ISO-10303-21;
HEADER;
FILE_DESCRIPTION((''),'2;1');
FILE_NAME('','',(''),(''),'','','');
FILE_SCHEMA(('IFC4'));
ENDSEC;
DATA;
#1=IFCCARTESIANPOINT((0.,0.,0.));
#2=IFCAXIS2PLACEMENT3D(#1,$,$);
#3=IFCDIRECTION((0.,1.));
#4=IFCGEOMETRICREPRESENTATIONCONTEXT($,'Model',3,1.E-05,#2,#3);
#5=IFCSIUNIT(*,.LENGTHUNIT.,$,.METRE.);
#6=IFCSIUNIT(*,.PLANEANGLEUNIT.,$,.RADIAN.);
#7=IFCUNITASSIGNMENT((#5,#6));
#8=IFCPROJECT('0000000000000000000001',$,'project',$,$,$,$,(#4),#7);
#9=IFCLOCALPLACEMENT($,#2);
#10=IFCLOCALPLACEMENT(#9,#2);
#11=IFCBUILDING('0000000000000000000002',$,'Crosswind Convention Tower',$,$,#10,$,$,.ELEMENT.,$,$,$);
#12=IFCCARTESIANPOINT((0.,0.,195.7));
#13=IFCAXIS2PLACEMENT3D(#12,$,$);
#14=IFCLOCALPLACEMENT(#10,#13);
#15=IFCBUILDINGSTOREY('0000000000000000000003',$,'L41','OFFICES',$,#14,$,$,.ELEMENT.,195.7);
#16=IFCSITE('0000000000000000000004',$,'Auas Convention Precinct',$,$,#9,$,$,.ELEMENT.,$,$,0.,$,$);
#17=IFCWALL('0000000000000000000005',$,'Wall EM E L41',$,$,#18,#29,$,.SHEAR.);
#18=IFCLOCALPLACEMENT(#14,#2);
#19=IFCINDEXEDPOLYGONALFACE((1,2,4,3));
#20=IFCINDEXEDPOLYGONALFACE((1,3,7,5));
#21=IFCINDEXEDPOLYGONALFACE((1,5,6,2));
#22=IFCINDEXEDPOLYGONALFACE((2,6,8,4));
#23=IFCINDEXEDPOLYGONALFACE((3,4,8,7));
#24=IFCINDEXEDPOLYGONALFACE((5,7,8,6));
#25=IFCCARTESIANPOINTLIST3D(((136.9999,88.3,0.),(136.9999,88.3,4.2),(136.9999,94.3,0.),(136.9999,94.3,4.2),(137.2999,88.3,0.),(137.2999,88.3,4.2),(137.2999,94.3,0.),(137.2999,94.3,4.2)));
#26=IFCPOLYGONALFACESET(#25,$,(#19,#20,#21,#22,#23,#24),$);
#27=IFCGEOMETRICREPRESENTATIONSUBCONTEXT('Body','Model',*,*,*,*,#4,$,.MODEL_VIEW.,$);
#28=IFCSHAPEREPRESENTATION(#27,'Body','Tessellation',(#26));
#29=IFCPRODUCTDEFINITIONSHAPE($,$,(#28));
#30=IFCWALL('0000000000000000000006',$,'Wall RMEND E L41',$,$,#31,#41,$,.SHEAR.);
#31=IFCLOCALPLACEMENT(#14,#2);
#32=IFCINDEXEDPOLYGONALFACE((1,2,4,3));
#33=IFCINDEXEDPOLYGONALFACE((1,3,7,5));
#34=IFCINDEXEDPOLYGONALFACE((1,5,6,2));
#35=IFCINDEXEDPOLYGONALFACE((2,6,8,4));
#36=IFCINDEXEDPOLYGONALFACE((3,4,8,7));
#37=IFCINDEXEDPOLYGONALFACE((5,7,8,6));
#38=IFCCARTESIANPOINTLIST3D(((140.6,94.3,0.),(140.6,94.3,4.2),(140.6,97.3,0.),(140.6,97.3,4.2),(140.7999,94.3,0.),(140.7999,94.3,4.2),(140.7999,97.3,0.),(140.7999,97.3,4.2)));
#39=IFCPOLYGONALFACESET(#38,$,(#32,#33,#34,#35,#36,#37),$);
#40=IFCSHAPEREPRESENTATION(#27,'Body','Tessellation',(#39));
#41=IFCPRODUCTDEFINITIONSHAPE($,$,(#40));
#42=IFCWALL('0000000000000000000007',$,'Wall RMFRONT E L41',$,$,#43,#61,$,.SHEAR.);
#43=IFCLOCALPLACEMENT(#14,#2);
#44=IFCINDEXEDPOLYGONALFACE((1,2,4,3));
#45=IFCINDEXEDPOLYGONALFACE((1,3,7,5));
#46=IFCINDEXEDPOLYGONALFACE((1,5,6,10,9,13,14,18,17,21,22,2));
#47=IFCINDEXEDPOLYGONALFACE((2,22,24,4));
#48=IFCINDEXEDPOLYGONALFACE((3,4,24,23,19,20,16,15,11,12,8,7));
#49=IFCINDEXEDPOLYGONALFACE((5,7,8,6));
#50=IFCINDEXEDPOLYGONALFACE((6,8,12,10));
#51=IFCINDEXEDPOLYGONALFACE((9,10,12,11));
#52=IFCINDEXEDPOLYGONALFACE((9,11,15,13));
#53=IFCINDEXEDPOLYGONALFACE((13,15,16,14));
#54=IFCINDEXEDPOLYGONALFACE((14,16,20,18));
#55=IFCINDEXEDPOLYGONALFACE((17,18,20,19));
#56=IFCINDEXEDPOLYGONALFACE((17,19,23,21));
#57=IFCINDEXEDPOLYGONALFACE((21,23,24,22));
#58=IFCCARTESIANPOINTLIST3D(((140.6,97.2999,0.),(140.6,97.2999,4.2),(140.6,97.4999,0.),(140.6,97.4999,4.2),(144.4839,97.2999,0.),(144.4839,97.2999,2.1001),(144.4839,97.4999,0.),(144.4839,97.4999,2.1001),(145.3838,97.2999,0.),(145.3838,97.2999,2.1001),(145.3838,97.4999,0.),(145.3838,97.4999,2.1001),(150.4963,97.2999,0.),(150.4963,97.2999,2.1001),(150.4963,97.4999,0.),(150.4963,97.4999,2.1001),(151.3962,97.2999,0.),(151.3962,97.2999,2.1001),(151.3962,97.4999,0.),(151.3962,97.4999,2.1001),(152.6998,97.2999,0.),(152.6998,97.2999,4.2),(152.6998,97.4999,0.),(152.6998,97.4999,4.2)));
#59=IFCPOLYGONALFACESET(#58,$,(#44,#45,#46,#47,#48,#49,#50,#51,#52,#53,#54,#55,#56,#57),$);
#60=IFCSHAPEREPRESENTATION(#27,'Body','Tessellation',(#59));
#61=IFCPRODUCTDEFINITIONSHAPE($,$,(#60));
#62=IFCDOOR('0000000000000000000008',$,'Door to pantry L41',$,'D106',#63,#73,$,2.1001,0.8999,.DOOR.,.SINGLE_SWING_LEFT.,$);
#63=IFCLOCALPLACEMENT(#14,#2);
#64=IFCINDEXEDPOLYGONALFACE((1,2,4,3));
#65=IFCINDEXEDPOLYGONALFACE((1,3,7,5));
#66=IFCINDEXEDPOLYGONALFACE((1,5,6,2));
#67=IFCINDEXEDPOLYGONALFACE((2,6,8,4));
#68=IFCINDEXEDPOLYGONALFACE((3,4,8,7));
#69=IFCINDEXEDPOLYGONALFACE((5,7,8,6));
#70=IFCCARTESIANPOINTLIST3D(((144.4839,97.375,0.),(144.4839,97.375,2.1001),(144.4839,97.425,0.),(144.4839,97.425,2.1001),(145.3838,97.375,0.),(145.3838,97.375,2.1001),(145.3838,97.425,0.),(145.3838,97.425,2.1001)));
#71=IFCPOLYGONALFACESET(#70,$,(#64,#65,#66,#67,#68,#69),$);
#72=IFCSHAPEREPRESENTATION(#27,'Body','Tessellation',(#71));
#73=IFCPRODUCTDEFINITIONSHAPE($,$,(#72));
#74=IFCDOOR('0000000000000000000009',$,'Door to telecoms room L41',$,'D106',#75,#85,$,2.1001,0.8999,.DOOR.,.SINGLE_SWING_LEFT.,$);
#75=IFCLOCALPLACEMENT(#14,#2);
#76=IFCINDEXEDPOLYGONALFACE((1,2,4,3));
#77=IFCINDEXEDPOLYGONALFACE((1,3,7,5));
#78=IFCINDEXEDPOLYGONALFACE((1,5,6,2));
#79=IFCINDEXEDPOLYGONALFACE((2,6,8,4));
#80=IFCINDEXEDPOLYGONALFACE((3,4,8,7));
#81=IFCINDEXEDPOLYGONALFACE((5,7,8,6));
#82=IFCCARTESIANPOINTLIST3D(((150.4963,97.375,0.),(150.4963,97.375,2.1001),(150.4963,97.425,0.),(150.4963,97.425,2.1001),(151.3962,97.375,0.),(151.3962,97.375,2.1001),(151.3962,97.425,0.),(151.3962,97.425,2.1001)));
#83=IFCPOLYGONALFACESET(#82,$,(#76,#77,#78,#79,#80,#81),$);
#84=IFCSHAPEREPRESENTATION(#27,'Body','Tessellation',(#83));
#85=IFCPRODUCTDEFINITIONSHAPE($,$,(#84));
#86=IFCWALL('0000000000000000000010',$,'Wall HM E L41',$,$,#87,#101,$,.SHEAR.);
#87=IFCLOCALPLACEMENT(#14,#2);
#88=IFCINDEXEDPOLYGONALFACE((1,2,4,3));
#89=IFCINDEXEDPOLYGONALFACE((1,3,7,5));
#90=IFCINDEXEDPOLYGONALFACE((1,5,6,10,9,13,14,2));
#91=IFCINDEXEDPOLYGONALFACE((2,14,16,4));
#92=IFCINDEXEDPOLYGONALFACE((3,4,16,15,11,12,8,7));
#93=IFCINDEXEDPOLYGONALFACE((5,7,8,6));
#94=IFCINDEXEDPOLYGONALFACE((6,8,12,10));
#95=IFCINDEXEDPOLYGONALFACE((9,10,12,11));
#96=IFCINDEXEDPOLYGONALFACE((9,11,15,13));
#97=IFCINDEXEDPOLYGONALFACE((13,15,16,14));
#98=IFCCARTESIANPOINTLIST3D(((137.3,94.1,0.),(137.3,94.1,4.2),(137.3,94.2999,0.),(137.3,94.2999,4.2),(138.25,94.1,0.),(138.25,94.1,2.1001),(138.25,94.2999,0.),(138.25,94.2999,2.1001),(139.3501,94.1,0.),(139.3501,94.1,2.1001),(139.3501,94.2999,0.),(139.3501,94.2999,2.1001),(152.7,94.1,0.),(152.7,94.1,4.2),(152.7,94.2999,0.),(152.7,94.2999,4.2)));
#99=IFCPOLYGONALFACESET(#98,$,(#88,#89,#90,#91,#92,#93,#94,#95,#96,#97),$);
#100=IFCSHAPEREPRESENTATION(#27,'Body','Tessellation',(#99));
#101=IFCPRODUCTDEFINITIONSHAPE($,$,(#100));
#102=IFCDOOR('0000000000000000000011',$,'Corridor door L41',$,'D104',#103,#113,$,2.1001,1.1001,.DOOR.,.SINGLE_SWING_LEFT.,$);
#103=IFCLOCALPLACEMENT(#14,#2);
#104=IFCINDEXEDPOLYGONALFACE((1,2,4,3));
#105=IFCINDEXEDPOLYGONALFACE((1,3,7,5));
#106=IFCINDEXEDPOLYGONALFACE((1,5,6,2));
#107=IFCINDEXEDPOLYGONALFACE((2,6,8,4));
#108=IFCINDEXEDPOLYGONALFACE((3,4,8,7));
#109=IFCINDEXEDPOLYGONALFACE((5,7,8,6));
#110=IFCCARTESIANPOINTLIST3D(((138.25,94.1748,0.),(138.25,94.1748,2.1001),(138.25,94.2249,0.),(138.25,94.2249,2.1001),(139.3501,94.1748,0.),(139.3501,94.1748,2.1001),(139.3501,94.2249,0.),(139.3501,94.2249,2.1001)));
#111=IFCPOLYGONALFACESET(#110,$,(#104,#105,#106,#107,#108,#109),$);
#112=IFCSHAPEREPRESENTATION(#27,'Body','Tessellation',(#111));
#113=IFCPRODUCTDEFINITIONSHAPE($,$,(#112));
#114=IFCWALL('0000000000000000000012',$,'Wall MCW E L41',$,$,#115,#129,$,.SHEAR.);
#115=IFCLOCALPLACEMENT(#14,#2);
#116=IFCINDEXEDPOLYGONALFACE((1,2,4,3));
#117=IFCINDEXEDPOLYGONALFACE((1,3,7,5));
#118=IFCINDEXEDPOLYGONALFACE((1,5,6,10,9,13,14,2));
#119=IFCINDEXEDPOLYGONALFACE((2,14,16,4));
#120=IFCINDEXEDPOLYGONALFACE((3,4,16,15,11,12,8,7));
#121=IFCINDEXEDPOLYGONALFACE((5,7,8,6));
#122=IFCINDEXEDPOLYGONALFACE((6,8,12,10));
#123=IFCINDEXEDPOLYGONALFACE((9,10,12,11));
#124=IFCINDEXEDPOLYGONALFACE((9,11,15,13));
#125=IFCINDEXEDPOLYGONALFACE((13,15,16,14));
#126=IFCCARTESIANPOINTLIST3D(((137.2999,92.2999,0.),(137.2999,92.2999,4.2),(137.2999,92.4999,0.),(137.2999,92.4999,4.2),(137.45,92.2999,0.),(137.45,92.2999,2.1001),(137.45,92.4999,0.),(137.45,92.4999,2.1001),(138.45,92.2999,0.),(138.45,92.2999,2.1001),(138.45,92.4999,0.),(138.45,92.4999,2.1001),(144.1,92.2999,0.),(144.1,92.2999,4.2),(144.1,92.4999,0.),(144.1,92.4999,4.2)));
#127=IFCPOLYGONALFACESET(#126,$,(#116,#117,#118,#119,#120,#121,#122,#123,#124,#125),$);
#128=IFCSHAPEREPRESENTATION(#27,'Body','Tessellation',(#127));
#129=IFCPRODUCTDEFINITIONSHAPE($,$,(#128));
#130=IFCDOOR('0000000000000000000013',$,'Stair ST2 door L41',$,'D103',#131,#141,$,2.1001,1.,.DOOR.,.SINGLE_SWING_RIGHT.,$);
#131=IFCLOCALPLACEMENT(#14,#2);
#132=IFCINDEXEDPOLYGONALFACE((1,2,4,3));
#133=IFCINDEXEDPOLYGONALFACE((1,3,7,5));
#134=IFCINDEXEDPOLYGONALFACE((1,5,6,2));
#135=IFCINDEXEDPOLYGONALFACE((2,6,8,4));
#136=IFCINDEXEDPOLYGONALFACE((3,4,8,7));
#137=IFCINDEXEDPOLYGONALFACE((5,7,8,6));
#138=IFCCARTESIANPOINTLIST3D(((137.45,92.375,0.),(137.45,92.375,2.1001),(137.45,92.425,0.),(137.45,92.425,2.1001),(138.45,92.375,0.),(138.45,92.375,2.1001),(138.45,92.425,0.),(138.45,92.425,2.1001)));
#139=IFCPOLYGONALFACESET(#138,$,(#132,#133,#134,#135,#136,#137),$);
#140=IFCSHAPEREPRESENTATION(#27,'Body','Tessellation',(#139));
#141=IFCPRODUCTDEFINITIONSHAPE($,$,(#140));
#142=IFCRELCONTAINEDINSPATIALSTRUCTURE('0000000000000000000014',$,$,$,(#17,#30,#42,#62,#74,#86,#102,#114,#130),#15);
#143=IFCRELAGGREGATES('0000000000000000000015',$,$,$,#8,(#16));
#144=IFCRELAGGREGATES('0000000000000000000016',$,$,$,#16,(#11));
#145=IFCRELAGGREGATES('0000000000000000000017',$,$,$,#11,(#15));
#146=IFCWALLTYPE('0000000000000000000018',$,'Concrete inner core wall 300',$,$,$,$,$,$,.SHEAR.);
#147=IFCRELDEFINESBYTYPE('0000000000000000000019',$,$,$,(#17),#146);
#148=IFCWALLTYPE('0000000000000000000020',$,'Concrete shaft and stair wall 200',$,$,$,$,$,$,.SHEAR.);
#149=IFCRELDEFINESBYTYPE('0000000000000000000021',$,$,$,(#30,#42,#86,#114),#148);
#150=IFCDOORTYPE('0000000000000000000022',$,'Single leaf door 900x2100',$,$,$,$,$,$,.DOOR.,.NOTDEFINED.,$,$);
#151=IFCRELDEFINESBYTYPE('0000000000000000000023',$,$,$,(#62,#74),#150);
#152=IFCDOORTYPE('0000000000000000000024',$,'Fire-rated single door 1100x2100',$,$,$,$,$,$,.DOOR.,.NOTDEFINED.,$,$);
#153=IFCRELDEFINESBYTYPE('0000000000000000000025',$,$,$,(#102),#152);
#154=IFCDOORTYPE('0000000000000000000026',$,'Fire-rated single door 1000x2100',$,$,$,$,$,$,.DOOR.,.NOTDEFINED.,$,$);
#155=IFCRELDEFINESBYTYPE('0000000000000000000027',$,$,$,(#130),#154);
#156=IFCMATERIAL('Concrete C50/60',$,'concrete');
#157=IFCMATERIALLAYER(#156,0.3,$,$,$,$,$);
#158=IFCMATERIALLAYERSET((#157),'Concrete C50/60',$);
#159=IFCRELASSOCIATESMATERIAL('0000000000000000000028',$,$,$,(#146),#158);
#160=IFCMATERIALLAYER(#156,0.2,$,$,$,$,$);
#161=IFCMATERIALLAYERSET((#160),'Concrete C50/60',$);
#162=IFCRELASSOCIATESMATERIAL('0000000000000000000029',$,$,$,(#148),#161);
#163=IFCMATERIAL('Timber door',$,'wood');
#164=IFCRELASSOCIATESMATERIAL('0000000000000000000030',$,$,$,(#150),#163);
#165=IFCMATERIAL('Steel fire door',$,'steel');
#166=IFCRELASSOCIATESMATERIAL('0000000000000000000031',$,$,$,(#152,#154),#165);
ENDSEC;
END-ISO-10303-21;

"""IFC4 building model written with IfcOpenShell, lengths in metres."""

from ifc_helpers import new_model, si_unit, direction, frame, frame_2d, origin, place, context, subcontext, project, spatial, rectangle, extrude, material, layer, layer_set, type_object, element, fill, save


model = new_model("IFC4")

# Units and contexts
model_context = context("Model", 3, precision=1e-05, world=origin(), true_north=direction((0.0, 1.0)))
body_context = subcontext(model_context, "Body", "Model", "MODEL_VIEW")
ifc_project = project(units=[si_unit("LENGTHUNIT", "METRE"), si_unit("PLANEANGLEUNIT", "RADIAN")], contexts=[model_context])

# Site, building, storey
site_placement = place(None, origin())
site = spatial("IfcSite", under=ifc_project, at=site_placement, Name="Auas Convention Precinct", CompositionType="ELEMENT", RefElevation=0.0)
building_placement = place(site_placement, origin())
building = spatial("IfcBuilding", under=site, at=building_placement, Name="Crosswind Convention Tower", CompositionType="ELEMENT")
storey_placement = place(building_placement, frame((0.0, 0.0, 195.7)))
storey = spatial("IfcBuildingStorey", under=building, at=storey_placement, Name="L41", Description="OFFICES", CompositionType="ELEMENT", Elevation=195.7)

# Shared definitions
ifc_material_1 = material(Name="Concrete C50/60", Category="concrete")
ifc_layer_1 = layer(ifc_material_1, 0.3)
ifc_layer_set_1 = layer_set([ifc_layer_1], Name="Concrete C50/60")
wall_type_1 = type_object("IfcWallType", Name="Concrete inner core wall 300", PredefinedType="SHEAR", material=ifc_layer_set_1)

# Walls
wall_1_placement = place(storey_placement, frame((137.1499, 88.3, 0.0), z_axis=(0.0, 0.0, 1.0), x_axis=(0.0, 1.0, 0.0)))
element("IfcWall", 1, at=wall_1_placement, inside=storey, type_object=wall_type_1, Name="Wall EM E L41", PredefinedType="SHEAR", context=body_context, shape_type="SweptSolid", body=[
    extrude(rectangle(XDim=6.0, YDim=0.3, at=frame_2d((3.0, 0.0))), origin(), (0.0, 0.0, 1.0), 4.2),
])
ifc_layer_2 = layer(ifc_material_1, 0.2)
ifc_layer_set_2 = layer_set([ifc_layer_2], Name="Concrete C50/60")
wall_type_2 = type_object("IfcWallType", Name="Concrete shaft and stair wall 200", PredefinedType="SHEAR", material=ifc_layer_set_2)
wall_2_placement = place(storey_placement, frame((140.7, 94.3, 0.0), z_axis=(0.0, 0.0, 1.0), x_axis=(0.0, 1.0, 0.0)))
element("IfcWall", 2, at=wall_2_placement, inside=storey, type_object=wall_type_2, Name="Wall RMEND E L41", PredefinedType="SHEAR", context=body_context, shape_type="SweptSolid", body=[
    extrude(rectangle(XDim=3.0, YDim=0.2, at=frame_2d((1.5, 0.0))), origin(), (0.0, 0.0, 1.0), 4.2),
])

# Wall, openings, doors
wall_3_placement = place(storey_placement, frame((140.6001, 97.3999, 0.0), z_axis=(0.0, 0.0, 1.0), x_axis=(1.0, 0.0, 0.0)))
wall_3 = element("IfcWall", 3, at=wall_3_placement, inside=storey, type_object=wall_type_2, Name="Wall RMFRONT E L41", PredefinedType="SHEAR", context=body_context, shape_type="SweptSolid", body=[
    extrude(rectangle(XDim=12.0999, YDim=0.2, at=frame_2d((6.0498, 0.0))), origin(), (0.0, 0.0, 1.0), 4.2),
])
opening_1_placement = place(wall_3_placement, frame((3.8838, 0.0, 0.0)))
opening_1 = element("IfcOpeningElement", 4, at=opening_1_placement, cuts=wall_3, PredefinedType="OPENING", context=body_context, shape_type="SweptSolid", body=[
    extrude(rectangle(XDim=0.8999, YDim=2.1001, at=frame_2d((0.45, 1.05))), frame((0.0, 0.1099, 0.0), z_axis=(0.0, -1.0, 0.0), x_axis=(1.0, 0.0, 0.0)), (0.0, 0.0, 1.0), 0.22),
])
opening_2_placement = place(wall_3_placement, frame((9.8962, 0.0, 0.0)))
opening_2 = element("IfcOpeningElement", 5, at=opening_2_placement, cuts=wall_3, PredefinedType="OPENING", context=body_context, shape_type="SweptSolid", body=[
    extrude(rectangle(XDim=0.8999, YDim=2.1001, at=frame_2d((0.45, 1.05))), frame((0.0, 0.1099, 0.0), z_axis=(0.0, -1.0, 0.0), x_axis=(1.0, 0.0, 0.0)), (0.0, 0.0, 1.0), 0.22),
])
ifc_material_2 = material(Name="Timber door", Category="wood")
door_type_1 = type_object("IfcDoorType", Name="Single leaf door 900x2100", OperationType="NOTDEFINED", PredefinedType="DOOR", material=ifc_material_2)
door_1_placement = place(opening_1_placement, frame((0.8999, 0.0, 0.0), z_axis=(0.0, 0.0, 1.0), x_axis=(-1.0, 0.0, 0.0)))
door_1 = element("IfcDoor", 6, at=door_1_placement, inside=storey, type_object=door_type_1, Name="Door to pantry L41", ObjectType="D106", OperationType="SINGLE_SWING_LEFT", OverallHeight=2.1001, OverallWidth=0.8999, PredefinedType="DOOR", context=body_context, shape_type="SweptSolid", body=[
    extrude(rectangle(XDim=0.8999, YDim=2.1001, at=frame_2d((0.45, 1.05))), frame((0.0, 0.0249, 0.0), z_axis=(0.0, -1.0, 0.0), x_axis=(1.0, 0.0, 0.0)), (0.0, 0.0, 1.0), 0.05),
])
fill(opening_1, door_1)
door_2_placement = place(opening_2_placement, frame((0.8999, 0.0, 0.0), z_axis=(0.0, 0.0, 1.0), x_axis=(-1.0, 0.0, 0.0)))
door_2 = element("IfcDoor", 7, at=door_2_placement, inside=storey, type_object=door_type_1, Name="Door to telecoms room L41", ObjectType="D106", OperationType="SINGLE_SWING_LEFT", OverallHeight=2.1001, OverallWidth=0.8999, PredefinedType="DOOR", context=body_context, shape_type="SweptSolid", body=[
    extrude(rectangle(XDim=0.8999, YDim=2.1001, at=frame_2d((0.45, 1.05))), frame((0.0, 0.0249, 0.0), z_axis=(0.0, -1.0, 0.0), x_axis=(1.0, 0.0, 0.0)), (0.0, 0.0, 1.0), 0.05),
])
fill(opening_2, door_2)

# Walls, openings, doors
wall_4_placement = place(storey_placement, frame((137.3, 94.2, 0.0), z_axis=(0.0, 0.0, 1.0), x_axis=(1.0, 0.0, 0.0)))
wall_4 = element("IfcWall", 8, at=wall_4_placement, inside=storey, type_object=wall_type_2, Name="Wall HM E L41", PredefinedType="SHEAR", context=body_context, shape_type="SweptSolid", body=[
    extrude(rectangle(XDim=15.3999, YDim=0.2, at=frame_2d((7.7, 0.0))), origin(), (0.0, 0.0, 1.0), 4.2),
])
opening_3_placement = place(wall_4_placement, frame((0.95, 0.0, 0.0)))
opening_3 = element("IfcOpeningElement", 9, at=opening_3_placement, cuts=wall_4, PredefinedType="OPENING", context=body_context, shape_type="SweptSolid", body=[
    extrude(rectangle(XDim=1.1001, YDim=2.1001, at=frame_2d((0.55, 1.05))), frame((0.0, 0.1099, 0.0), z_axis=(0.0, -1.0, 0.0), x_axis=(1.0, 0.0, 0.0)), (0.0, 0.0, 1.0), 0.22),
])
ifc_material_3 = material(Name="Steel fire door", Category="steel")
door_type_2 = type_object("IfcDoorType", Name="Fire-rated single door 1100x2100", OperationType="NOTDEFINED", PredefinedType="DOOR", material=ifc_material_3)
door_3_placement = place(opening_3_placement, origin())
door_3 = element("IfcDoor", 10, at=door_3_placement, inside=storey, type_object=door_type_2, Name="Corridor door L41", ObjectType="D104", OperationType="SINGLE_SWING_LEFT", OverallHeight=2.1001, OverallWidth=1.1001, PredefinedType="DOOR", context=body_context, shape_type="SweptSolid", body=[
    extrude(rectangle(XDim=1.1001, YDim=2.1001, at=frame_2d((0.55, 1.05))), frame((0.0, 0.0249, 0.0), z_axis=(0.0, -1.0, 0.0), x_axis=(1.0, 0.0, 0.0)), (0.0, 0.0, 1.0), 0.05),
])
fill(opening_3, door_3)
wall_5_placement = place(storey_placement, frame((137.3, 92.3999, 0.0), z_axis=(0.0, 0.0, 1.0), x_axis=(1.0, 0.0, 0.0)))
wall_5 = element("IfcWall", 11, at=wall_5_placement, inside=storey, type_object=wall_type_2, Name="Wall MCW E L41", PredefinedType="SHEAR", context=body_context, shape_type="SweptSolid", body=[
    extrude(rectangle(XDim=6.8, YDim=0.2, at=frame_2d((3.3999, 0.0))), origin(), (0.0, 0.0, 1.0), 4.2),
])
opening_4_placement = place(wall_5_placement, frame((0.1499, 0.0, 0.0)))
opening_4 = element("IfcOpeningElement", 12, at=opening_4_placement, cuts=wall_5, PredefinedType="OPENING", context=body_context, shape_type="SweptSolid", body=[
    extrude(rectangle(XDim=1.0, YDim=2.1001, at=frame_2d((0.5, 1.05))), frame((0.0, 0.1099, 0.0), z_axis=(0.0, -1.0, 0.0), x_axis=(1.0, 0.0, 0.0)), (0.0, 0.0, 1.0), 0.22),
])
door_type_3 = type_object("IfcDoorType", Name="Fire-rated single door 1000x2100", OperationType="NOTDEFINED", PredefinedType="DOOR", material=ifc_material_3)
door_4_placement = place(opening_4_placement, frame((1.0, 0.0, 0.0), z_axis=(0.0, 0.0, 1.0), x_axis=(-1.0, 0.0, 0.0)))
door_4 = element("IfcDoor", 13, at=door_4_placement, inside=storey, type_object=door_type_3, Name="Stair ST2 door L41", ObjectType="D103", OperationType="SINGLE_SWING_RIGHT", OverallHeight=2.1001, OverallWidth=1.0, PredefinedType="DOOR", context=body_context, shape_type="SweptSolid", body=[
    extrude(rectangle(XDim=1.0, YDim=2.1001, at=frame_2d((0.5, 1.05))), frame((0.0, 0.0249, 0.0), z_axis=(0.0, -1.0, 0.0), x_axis=(1.0, 0.0, 0.0)), (0.0, 0.0, 1.0), 0.05),
])
fill(opening_4, door_4)

save(model, "model.ifc")
